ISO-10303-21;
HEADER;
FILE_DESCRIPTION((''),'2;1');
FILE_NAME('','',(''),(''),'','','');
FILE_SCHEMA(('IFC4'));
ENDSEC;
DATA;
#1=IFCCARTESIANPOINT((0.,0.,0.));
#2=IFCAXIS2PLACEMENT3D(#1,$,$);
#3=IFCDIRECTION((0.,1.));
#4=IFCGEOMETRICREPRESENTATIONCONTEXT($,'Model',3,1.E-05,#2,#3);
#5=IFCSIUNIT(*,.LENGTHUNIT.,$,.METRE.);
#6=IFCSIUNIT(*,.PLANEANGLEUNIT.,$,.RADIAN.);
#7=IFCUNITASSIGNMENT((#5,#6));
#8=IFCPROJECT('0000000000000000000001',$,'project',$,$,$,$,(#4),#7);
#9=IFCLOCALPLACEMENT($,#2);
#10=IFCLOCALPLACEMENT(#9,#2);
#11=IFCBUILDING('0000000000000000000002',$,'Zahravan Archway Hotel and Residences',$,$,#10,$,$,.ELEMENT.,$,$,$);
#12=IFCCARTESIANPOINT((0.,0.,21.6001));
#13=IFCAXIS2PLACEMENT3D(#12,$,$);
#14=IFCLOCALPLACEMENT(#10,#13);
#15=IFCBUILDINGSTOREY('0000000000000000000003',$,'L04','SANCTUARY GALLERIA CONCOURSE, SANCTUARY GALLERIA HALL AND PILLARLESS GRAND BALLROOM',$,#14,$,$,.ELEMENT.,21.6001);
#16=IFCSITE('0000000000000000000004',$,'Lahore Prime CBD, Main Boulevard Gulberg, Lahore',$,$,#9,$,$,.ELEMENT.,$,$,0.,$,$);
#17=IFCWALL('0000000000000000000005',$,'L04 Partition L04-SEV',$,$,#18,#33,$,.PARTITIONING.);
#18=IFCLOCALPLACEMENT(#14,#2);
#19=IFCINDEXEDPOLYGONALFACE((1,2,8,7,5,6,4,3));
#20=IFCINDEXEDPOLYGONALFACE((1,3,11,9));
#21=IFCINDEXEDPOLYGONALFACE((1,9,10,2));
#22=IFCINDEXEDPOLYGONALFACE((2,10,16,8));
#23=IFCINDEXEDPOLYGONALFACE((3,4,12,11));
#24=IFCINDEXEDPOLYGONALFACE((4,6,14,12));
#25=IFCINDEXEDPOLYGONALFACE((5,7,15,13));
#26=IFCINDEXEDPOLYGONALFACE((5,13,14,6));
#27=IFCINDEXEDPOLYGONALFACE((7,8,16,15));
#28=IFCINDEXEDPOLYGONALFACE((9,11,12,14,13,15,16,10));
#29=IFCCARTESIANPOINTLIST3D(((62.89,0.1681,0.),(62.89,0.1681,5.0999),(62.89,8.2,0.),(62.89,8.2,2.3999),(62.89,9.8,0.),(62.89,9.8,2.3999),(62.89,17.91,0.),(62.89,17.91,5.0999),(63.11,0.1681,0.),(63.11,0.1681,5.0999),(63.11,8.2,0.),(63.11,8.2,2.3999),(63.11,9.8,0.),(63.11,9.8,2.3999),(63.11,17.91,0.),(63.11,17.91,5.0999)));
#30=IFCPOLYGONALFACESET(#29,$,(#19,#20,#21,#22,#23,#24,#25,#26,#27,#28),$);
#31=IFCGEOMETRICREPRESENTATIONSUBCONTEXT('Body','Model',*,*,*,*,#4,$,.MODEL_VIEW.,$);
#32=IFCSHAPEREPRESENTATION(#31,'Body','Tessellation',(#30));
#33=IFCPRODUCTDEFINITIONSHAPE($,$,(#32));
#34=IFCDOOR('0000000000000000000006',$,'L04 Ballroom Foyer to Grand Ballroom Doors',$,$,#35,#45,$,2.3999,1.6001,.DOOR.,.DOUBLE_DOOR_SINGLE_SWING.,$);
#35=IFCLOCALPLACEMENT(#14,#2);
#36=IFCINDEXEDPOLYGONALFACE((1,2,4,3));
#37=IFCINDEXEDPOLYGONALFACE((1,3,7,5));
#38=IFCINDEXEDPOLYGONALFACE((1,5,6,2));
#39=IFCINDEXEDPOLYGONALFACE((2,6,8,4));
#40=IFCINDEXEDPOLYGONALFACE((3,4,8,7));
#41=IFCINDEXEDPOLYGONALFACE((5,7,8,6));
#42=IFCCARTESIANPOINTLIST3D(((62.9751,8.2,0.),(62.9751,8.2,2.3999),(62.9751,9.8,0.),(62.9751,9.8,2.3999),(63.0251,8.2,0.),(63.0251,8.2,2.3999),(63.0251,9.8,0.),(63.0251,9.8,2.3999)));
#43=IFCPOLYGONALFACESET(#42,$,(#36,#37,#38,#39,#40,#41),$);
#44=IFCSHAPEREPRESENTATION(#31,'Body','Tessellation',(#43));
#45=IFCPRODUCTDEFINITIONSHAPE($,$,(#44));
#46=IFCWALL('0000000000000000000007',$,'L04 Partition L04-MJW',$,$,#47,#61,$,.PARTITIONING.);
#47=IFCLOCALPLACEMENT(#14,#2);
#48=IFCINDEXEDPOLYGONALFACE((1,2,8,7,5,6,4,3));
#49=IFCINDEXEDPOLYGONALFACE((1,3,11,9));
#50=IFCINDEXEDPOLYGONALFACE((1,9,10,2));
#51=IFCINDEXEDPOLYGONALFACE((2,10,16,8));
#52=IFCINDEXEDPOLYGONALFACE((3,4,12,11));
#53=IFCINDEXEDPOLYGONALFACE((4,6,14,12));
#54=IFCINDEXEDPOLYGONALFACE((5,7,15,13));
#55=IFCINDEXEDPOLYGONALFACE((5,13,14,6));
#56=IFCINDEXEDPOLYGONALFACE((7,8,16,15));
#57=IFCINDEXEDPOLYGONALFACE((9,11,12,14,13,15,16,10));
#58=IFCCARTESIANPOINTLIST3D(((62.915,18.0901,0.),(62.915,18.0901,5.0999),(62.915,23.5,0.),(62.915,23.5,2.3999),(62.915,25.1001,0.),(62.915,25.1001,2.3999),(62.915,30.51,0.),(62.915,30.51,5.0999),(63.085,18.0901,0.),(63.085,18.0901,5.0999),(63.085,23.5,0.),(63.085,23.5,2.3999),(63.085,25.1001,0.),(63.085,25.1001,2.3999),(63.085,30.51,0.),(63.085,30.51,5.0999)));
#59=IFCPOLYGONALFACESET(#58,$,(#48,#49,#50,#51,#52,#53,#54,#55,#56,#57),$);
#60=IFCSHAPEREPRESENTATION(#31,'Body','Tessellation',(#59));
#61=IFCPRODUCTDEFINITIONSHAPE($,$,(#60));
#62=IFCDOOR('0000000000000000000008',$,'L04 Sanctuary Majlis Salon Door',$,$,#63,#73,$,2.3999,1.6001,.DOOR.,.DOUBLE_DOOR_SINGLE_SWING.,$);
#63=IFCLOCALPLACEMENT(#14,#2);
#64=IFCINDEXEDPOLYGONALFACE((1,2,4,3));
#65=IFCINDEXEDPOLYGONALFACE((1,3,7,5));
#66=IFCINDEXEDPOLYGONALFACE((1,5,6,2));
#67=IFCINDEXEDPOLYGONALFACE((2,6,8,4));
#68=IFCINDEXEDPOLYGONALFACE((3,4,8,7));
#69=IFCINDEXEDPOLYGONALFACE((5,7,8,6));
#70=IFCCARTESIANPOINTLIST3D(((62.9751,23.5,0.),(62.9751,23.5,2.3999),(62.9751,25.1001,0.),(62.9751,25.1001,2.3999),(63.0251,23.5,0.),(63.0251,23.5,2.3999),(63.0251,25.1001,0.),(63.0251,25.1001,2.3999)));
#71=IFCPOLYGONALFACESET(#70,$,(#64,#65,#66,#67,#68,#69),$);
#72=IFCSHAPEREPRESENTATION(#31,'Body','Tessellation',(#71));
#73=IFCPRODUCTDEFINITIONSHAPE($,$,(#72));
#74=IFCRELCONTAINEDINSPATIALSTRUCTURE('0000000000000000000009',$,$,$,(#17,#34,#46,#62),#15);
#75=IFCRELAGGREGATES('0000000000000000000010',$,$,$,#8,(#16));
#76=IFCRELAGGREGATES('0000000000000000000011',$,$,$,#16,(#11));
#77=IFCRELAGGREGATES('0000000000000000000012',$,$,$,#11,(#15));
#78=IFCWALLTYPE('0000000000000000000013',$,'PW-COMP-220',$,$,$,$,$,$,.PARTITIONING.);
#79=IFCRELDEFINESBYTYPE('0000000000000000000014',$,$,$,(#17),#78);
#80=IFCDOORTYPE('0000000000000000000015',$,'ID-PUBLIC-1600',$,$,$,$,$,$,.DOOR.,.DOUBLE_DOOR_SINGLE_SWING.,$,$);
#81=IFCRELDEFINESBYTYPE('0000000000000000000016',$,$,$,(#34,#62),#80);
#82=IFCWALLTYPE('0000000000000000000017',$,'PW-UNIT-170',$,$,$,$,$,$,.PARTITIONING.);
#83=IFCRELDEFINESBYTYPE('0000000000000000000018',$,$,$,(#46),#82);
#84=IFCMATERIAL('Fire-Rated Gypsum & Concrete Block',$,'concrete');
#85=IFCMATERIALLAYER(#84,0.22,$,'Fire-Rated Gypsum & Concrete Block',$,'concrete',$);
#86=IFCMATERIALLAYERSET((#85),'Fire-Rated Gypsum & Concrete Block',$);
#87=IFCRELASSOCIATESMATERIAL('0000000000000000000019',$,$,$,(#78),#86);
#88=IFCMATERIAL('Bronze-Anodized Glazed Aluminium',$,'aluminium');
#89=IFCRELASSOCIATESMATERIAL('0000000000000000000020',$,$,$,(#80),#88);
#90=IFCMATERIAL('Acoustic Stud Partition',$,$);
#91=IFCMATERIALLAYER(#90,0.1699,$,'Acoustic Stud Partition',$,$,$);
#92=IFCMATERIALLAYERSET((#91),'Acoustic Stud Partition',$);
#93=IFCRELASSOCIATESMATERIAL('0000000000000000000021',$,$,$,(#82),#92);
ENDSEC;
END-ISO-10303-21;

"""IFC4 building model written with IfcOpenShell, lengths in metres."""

from ifc_helpers import new_model, si_unit, direction, frame, frame_2d, origin, place, context, subcontext, project, spatial, rectangle, extrude, source, transform, mapped, material, layer, layer_set, type_object, type_shapes, element, fill, save


model = new_model("IFC4")

# Units and contexts
model_context = context("Model", 3, precision=1e-05, world=origin(), true_north=direction((0.0, 1.0)))
body_context = subcontext(model_context, "Body", "Model", "MODEL_VIEW")
ifc_project = project(units=[si_unit("LENGTHUNIT", "METRE"), si_unit("PLANEANGLEUNIT", "RADIAN")], contexts=[model_context])

# Site, building, storey
site_placement = place(None, origin())
site = spatial("IfcSite", under=ifc_project, at=site_placement, Name="Lahore Prime CBD, Main Boulevard Gulberg, Lahore", CompositionType="ELEMENT", RefElevation=0.0)
building_placement = place(site_placement, origin())
building = spatial("IfcBuilding", under=site, at=building_placement, Name="Zahravan Archway Hotel and Residences", CompositionType="ELEMENT")
storey_placement = place(building_placement, frame((0.0, 0.0, 21.6001)))
storey = spatial("IfcBuildingStorey", under=building, at=storey_placement, Name="L04", Description="SANCTUARY GALLERIA CONCOURSE, SANCTUARY GALLERIA HALL AND PILLARLESS GRAND BALLROOM", CompositionType="ELEMENT", Elevation=21.6001)

# Walls, openings, doors
ifc_material_1 = material(Name="Fire-Rated Gypsum & Concrete Block", Category="concrete")
ifc_layer_1 = layer(ifc_material_1, 0.22, Name="Fire-Rated Gypsum & Concrete Block", Category="concrete")
ifc_layer_set_1 = layer_set([ifc_layer_1], Name="Fire-Rated Gypsum & Concrete Block")
wall_type_1 = type_object("IfcWallType", Name="PW-COMP-220", PredefinedType="PARTITIONING", material=ifc_layer_set_1)
wall_1_placement = place(storey_placement, frame((63.0, 0.168, 0.0), z_axis=(0.0, 0.0, 1.0), x_axis=(0.0, 1.0, 0.0)))
wall_1 = element("IfcWall", 1, at=wall_1_placement, inside=storey, type_object=wall_type_1, Name="L04 Partition L04-SEV", PredefinedType="PARTITIONING", context=body_context, shape_type="SweptSolid", body=[
    extrude(rectangle(XDim=17.7419, YDim=0.22, at=frame_2d((8.8711, 0.0))), origin(), (0.0, 0.0, 1.0), 5.0999),
])
opening_1_placement = place(wall_1_placement, frame((8.032, 0.0, 0.0)))
opening_1 = element("IfcOpeningElement", 2, at=opening_1_placement, cuts=wall_1, PredefinedType="OPENING", context=body_context, shape_type="SweptSolid", body=[
    extrude(rectangle(XDim=1.6001, YDim=2.3999, at=frame_2d((0.8, 1.2))), frame((0.0, 0.1201, 0.0), z_axis=(0.0, -1.0, 0.0), x_axis=(1.0, 0.0, 0.0)), (0.0, 0.0, 1.0), 0.24),
])
ifc_material_2 = material(Name="Bronze-Anodized Glazed Aluminium", Category="aluminium")
door_type = type_object("IfcDoorType", Name="ID-PUBLIC-1600", OperationType="DOUBLE_DOOR_SINGLE_SWING", PredefinedType="DOOR", material=ifc_material_2)
shared_shape_1 = source(origin(), body_context, "Body", "SweptSolid", [
    extrude(rectangle(XDim=1.6001, YDim=2.3999, at=frame_2d((0.8, 1.2))), frame((0.0, 0.0249, 0.0), z_axis=(0.0, -1.0, 0.0), x_axis=(1.0, 0.0, 0.0)), (0.0, 0.0, 1.0), 0.05),
])
type_shapes(door_type, [shared_shape_1])
door_1_placement = place(opening_1_placement, origin())
door_1 = element("IfcDoor", 3, at=door_1_placement, inside=storey, type_object=door_type, Name="L04 Ballroom Foyer to Grand Ballroom Doors", OperationType="DOUBLE_DOOR_SINGLE_SWING", OverallHeight=2.3999, OverallWidth=1.6001, PredefinedType="DOOR", context=body_context, shape_type="MappedRepresentation", body=[
    mapped(shared_shape_1, transform((0.0, 0.0, 0.0), scale=1.0)),
])
fill(opening_1, door_1)
ifc_material_3 = material(Name="Acoustic Stud Partition")
ifc_layer_2 = layer(ifc_material_3, 0.1699, Name="Acoustic Stud Partition")
ifc_layer_set_2 = layer_set([ifc_layer_2], Name="Acoustic Stud Partition")
wall_type_2 = type_object("IfcWallType", Name="PW-UNIT-170", PredefinedType="PARTITIONING", material=ifc_layer_set_2)
wall_2_placement = place(storey_placement, frame((63.0, 18.0901, 0.0), z_axis=(0.0, 0.0, 1.0), x_axis=(0.0, 1.0, 0.0)))
wall_2 = element("IfcWall", 4, at=wall_2_placement, inside=storey, type_object=wall_type_2, Name="L04 Partition L04-MJW", PredefinedType="PARTITIONING", context=body_context, shape_type="SweptSolid", body=[
    extrude(rectangle(XDim=12.4199, YDim=0.1699, at=frame_2d((6.21, 0.0))), origin(), (0.0, 0.0, 1.0), 5.0999),
])
opening_2_placement = place(wall_2_placement, frame((5.4099, 0.0, 0.0)))
opening_2 = element("IfcOpeningElement", 5, at=opening_2_placement, cuts=wall_2, PredefinedType="OPENING", context=body_context, shape_type="SweptSolid", body=[
    extrude(rectangle(XDim=1.6001, YDim=2.3999, at=frame_2d((0.8, 1.2))), frame((0.0, 0.095, 0.0), z_axis=(0.0, -1.0, 0.0), x_axis=(1.0, 0.0, 0.0)), (0.0, 0.0, 1.0), 0.1899),
])
door_2_placement = place(opening_2_placement, origin())
door_2 = element("IfcDoor", 6, at=door_2_placement, inside=storey, type_object=door_type, Name="L04 Sanctuary Majlis Salon Door", OperationType="DOUBLE_DOOR_SINGLE_SWING", OverallHeight=2.3999, OverallWidth=1.6001, PredefinedType="DOOR", context=body_context, shape_type="MappedRepresentation", body=[
    mapped(shared_shape_1, transform((0.0, 0.0, 0.0), scale=1.0)),
])
fill(opening_2, door_2)

save(model, "model.ifc")
